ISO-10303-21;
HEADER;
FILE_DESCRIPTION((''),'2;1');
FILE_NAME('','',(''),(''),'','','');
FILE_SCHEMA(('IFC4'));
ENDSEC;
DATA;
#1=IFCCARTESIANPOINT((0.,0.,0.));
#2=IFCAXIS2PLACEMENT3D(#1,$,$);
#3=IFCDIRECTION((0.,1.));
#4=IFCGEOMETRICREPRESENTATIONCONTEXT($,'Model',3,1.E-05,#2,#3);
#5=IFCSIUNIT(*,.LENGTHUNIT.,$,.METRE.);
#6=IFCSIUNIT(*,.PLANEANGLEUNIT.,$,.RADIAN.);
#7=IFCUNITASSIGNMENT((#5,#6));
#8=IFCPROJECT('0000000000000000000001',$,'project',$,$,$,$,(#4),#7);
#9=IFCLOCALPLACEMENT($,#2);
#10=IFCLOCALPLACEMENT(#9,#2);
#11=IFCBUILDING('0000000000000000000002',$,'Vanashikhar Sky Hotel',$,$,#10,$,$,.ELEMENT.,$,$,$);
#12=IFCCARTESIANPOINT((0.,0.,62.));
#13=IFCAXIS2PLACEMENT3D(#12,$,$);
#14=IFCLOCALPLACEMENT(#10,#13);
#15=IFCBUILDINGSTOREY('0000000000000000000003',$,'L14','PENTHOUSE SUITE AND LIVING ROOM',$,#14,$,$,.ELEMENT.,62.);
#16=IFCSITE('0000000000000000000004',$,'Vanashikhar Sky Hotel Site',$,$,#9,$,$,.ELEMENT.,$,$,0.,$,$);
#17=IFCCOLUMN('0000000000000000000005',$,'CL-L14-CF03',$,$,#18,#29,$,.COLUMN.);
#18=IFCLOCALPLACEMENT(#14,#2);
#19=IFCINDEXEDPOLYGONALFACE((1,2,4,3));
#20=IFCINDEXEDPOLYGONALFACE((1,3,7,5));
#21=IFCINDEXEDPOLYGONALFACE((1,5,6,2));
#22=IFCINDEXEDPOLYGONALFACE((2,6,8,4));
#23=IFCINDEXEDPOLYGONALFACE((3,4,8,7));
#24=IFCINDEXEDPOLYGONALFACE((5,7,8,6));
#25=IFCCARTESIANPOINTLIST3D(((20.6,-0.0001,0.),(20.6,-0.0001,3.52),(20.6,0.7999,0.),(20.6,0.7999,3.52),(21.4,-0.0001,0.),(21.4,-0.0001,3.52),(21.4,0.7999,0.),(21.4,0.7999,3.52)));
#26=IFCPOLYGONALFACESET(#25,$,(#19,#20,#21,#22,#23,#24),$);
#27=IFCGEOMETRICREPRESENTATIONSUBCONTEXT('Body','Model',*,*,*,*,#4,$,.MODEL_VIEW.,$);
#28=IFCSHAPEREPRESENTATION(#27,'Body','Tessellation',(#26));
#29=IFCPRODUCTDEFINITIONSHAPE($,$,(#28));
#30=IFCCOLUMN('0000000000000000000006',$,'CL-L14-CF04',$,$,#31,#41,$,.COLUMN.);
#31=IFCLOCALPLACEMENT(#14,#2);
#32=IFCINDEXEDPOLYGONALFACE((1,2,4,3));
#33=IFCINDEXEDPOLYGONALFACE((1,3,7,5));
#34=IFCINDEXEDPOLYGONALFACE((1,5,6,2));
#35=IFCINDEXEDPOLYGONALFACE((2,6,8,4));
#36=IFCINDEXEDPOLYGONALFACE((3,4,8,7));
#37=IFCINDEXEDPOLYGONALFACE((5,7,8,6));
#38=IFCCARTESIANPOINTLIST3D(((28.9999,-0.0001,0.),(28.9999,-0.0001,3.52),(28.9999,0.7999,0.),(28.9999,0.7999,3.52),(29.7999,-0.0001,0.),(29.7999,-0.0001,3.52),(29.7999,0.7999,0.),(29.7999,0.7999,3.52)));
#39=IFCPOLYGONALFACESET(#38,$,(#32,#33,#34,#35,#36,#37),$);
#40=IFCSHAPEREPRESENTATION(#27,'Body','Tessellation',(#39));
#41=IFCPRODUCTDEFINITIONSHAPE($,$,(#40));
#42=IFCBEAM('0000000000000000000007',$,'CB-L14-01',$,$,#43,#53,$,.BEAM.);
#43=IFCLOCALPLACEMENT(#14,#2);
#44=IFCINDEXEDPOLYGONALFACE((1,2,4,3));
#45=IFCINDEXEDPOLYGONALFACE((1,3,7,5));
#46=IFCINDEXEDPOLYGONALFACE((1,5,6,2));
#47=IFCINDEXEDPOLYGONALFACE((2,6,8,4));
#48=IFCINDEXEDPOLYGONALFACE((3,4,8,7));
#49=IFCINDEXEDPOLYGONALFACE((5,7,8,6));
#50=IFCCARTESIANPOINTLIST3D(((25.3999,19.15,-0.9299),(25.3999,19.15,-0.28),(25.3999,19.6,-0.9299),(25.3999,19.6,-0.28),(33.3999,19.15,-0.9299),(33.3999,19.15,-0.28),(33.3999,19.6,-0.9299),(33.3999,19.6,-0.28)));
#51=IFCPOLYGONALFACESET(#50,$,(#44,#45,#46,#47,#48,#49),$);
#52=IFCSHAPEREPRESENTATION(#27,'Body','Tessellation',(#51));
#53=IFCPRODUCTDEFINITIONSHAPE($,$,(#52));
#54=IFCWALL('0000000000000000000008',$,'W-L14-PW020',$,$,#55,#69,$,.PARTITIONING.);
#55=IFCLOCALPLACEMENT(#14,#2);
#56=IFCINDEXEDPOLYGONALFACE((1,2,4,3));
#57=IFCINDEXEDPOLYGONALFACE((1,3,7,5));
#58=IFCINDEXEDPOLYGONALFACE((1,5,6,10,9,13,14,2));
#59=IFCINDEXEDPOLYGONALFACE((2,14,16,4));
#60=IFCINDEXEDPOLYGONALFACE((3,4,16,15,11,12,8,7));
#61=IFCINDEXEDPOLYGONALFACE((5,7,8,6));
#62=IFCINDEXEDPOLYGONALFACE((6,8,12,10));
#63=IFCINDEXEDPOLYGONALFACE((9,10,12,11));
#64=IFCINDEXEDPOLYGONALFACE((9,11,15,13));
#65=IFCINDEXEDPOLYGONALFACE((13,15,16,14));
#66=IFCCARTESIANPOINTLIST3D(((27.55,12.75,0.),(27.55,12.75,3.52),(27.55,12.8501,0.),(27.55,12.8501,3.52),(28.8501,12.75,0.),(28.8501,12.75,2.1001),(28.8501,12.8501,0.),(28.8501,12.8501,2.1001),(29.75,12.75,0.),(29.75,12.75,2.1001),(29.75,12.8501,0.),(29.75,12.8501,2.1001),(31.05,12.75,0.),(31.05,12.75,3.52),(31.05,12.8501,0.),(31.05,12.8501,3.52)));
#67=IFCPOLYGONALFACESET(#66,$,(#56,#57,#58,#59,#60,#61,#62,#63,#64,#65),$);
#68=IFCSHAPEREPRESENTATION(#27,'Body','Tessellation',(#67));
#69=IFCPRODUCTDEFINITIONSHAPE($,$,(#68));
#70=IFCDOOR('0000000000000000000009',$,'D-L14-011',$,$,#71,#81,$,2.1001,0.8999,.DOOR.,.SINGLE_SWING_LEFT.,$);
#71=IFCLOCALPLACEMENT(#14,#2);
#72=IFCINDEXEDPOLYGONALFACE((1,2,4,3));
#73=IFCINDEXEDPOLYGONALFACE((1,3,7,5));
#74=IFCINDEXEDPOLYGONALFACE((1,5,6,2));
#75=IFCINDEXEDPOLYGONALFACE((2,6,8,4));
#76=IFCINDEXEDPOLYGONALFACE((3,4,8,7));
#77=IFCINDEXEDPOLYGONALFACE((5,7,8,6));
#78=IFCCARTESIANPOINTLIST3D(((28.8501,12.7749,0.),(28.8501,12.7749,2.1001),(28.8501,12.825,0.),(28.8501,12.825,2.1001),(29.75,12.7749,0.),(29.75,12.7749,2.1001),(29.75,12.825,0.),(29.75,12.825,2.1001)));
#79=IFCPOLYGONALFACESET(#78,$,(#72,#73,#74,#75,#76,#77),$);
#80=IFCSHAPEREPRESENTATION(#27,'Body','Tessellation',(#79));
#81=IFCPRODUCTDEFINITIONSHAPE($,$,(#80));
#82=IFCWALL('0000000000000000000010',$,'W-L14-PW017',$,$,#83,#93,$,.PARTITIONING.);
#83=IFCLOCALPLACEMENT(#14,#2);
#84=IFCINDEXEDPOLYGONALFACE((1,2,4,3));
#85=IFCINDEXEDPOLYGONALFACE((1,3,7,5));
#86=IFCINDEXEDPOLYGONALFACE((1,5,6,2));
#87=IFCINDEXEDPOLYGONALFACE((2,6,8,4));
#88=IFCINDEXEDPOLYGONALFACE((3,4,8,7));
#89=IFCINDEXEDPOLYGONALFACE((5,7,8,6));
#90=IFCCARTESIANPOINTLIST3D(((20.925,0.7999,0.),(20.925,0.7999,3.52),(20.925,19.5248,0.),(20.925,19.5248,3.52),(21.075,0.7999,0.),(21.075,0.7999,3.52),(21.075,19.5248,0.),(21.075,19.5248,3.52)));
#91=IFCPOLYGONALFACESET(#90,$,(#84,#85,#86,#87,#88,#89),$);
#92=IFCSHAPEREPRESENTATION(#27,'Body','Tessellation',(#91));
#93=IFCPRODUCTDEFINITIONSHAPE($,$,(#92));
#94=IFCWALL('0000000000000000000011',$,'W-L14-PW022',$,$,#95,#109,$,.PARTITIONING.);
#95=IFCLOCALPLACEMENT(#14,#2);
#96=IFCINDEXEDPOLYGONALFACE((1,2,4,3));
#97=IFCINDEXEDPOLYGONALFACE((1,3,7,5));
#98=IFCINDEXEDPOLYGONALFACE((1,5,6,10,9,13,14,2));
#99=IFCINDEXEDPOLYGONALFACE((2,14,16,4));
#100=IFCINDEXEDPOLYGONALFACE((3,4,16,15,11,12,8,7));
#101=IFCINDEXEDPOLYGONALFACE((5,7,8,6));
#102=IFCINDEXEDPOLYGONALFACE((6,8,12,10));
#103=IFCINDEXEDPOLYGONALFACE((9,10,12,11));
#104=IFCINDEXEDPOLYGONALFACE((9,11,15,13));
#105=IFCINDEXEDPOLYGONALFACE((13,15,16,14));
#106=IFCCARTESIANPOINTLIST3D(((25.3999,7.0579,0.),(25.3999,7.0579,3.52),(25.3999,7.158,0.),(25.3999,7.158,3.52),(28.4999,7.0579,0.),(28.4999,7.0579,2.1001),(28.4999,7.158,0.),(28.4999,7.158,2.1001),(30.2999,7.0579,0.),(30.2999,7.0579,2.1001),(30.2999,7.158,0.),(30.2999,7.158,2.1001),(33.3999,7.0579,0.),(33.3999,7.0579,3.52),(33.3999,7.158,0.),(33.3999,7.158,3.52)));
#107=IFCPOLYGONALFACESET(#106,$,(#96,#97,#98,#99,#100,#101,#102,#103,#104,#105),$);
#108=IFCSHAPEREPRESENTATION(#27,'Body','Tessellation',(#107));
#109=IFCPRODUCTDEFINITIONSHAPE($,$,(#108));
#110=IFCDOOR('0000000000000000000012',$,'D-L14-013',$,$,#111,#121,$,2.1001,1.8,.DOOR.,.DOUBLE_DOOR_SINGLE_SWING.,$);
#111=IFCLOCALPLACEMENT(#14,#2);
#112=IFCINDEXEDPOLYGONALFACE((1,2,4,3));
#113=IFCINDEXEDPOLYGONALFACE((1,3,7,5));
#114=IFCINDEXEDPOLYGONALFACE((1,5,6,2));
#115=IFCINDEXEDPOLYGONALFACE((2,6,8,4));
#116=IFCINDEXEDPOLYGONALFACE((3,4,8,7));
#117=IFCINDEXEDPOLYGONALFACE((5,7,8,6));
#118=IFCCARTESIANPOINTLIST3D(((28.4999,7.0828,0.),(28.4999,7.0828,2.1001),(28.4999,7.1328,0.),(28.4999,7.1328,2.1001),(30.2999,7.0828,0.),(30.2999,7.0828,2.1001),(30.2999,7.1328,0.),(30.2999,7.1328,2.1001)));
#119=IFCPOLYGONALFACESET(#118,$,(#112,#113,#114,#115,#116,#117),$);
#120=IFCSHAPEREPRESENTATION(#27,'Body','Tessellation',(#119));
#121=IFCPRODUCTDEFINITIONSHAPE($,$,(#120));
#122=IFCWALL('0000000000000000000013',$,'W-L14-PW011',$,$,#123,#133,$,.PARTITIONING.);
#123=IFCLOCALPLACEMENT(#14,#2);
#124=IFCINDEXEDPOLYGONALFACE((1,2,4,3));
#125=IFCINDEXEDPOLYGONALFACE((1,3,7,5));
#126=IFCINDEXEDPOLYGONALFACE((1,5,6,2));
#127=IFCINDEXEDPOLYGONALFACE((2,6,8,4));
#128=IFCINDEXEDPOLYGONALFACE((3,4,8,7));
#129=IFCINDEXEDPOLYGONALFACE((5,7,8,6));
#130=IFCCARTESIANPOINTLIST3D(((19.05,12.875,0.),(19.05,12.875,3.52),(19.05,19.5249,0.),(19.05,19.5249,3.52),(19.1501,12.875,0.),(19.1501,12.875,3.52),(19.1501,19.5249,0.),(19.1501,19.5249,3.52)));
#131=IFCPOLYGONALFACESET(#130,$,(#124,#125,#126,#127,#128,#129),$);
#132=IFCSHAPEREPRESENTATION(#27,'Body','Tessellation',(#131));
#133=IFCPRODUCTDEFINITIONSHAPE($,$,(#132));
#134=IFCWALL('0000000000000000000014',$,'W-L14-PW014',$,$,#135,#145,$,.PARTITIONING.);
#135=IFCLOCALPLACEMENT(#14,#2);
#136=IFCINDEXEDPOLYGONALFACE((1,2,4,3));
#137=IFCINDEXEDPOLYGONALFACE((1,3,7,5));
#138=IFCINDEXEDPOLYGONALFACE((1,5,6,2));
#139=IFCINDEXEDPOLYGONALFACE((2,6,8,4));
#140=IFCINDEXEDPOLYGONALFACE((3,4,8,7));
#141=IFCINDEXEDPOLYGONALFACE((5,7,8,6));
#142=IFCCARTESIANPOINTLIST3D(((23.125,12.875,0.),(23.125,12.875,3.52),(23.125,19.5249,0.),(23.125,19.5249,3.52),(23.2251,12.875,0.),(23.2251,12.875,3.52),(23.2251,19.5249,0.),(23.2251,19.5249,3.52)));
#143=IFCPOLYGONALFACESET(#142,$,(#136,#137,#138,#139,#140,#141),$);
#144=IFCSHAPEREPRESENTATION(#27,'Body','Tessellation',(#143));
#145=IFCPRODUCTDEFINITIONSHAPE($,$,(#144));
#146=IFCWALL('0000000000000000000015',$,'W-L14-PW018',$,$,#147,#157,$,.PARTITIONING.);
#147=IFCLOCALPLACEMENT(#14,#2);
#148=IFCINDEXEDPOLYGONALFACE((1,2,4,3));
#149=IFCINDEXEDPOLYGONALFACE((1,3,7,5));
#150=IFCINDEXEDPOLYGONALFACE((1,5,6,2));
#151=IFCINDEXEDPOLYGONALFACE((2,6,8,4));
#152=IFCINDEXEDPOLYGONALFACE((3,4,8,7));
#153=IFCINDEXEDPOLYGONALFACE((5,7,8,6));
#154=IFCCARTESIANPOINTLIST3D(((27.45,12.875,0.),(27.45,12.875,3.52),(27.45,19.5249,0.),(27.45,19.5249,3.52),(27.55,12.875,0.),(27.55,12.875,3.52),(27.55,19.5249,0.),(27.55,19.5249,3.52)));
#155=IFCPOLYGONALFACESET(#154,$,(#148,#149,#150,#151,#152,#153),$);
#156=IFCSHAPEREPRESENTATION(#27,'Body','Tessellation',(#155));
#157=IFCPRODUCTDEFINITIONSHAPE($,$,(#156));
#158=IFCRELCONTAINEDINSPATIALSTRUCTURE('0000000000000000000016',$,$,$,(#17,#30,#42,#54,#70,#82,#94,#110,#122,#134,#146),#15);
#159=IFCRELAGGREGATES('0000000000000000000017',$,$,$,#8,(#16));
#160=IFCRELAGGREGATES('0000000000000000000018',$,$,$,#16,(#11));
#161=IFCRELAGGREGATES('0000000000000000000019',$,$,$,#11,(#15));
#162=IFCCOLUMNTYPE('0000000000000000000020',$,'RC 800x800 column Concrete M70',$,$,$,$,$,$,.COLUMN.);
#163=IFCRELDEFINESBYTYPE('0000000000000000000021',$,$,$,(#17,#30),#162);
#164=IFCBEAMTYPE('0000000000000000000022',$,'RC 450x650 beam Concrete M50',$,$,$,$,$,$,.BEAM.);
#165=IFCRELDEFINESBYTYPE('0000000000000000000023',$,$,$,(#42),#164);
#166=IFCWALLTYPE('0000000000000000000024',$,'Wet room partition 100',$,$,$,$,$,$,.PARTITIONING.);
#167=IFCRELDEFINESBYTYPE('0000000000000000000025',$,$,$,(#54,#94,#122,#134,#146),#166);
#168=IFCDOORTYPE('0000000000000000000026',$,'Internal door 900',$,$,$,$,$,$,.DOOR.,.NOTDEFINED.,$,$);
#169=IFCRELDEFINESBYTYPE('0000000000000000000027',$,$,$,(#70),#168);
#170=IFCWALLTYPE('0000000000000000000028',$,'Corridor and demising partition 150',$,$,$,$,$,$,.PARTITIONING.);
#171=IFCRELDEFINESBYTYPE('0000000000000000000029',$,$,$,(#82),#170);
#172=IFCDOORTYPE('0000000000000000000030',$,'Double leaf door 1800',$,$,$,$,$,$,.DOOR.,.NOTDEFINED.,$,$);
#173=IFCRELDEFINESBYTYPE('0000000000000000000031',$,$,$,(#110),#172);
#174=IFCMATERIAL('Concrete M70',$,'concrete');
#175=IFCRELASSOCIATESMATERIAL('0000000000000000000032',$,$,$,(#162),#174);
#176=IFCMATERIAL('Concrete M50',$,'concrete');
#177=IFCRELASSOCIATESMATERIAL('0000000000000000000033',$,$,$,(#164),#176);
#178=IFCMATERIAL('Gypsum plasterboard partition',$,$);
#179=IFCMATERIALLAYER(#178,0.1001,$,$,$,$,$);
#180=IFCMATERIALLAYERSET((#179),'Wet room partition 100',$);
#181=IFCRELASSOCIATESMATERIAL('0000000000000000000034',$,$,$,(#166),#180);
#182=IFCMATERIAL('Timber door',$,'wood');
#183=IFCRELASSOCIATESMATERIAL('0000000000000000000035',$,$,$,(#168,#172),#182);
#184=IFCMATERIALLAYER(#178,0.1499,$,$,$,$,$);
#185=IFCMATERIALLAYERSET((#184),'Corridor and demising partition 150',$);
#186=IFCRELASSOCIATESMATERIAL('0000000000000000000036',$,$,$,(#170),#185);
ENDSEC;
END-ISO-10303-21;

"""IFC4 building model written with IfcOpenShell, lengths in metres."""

from ifc_helpers import new_model, si_unit, direction, frame, frame_2d, origin, origin_2d, place, context, subcontext, project, spatial, rectangle, extrude, source, transform, mapped, material, layer, layer_set, material_profile, profile_set, type_object, element, fill, save


model = new_model("IFC4")

# Units and contexts
model_context = context("Model", 3, precision=1e-05, world=origin(), true_north=direction((0.0, 1.0)))
body_context = subcontext(model_context, "Body", "Model", "MODEL_VIEW")
ifc_project = project(units=[si_unit("LENGTHUNIT", "METRE"), si_unit("PLANEANGLEUNIT", "RADIAN")], contexts=[model_context])

# Site, building, storey
site_placement = place(None, origin())
site = spatial("IfcSite", under=ifc_project, at=site_placement, Name="Vanashikhar Sky Hotel Site", CompositionType="ELEMENT", RefElevation=0.0)
building_placement = place(site_placement, origin())
building = spatial("IfcBuilding", under=site, at=building_placement, Name="Vanashikhar Sky Hotel", CompositionType="ELEMENT")
storey_placement = place(building_placement, frame((0.0, 0.0, 62.0)))
storey = spatial("IfcBuildingStorey", under=building, at=storey_placement, Name="L14", Description="PENTHOUSE SUITE AND LIVING ROOM", CompositionType="ELEMENT", Elevation=62.0)

# Columns
ifc_material_1 = material(Name="Concrete M70", Category="concrete")
ifc_material_profile_1 = material_profile(ifc_material_1, rectangle(XDim=0.8, YDim=0.8, at=origin_2d()))
ifc_profile_set_1 = profile_set([ifc_material_profile_1], Name="RC 800x800 column Concrete M70")
column_type = type_object("IfcColumnType", Name="RC 800x800 column Concrete M70", PredefinedType="COLUMN", material=ifc_profile_set_1)
shared_shape_1 = source(origin(), body_context, "Body", "SweptSolid", [
    extrude(rectangle(XDim=0.8, YDim=0.8, at=origin_2d()), origin(), (0.0, 0.0, 1.0), 3.52),
])
for number, where, z_axis, x_axis, name in (
    (1, (21.0, 0.3999, 0.0), (0.0, 0.0, 1.0), (1.0, 0.0, 0.0), "CL-L14-CF03"),
    (2, (29.3999, 0.3999, 0.0), (0.0, 0.0, 1.0), (1.0, 0.0, 0.0), "CL-L14-CF04"),
):
    element("IfcColumn", number, at=place(storey_placement, frame(where, z_axis=z_axis, x_axis=x_axis)), inside=storey, type_object=column_type, Name=name, PredefinedType="COLUMN", context=body_context, shape_type="MappedRepresentation", body=[
        mapped(shared_shape_1, transform((0.0, 0.0, 0.0), scale=1.0)),
    ])

# Beam
ifc_material_2 = material(Name="Concrete M50", Category="concrete")
ifc_material_profile_2 = material_profile(ifc_material_2, rectangle(XDim=0.45, YDim=0.6499, at=origin_2d()))
ifc_profile_set_2 = profile_set([ifc_material_profile_2], Name="RC 450x650 beam Concrete M50")
beam_type = type_object("IfcBeamType", Name="RC 450x650 beam Concrete M50", PredefinedType="BEAM", material=ifc_profile_set_2)
shared_shape_2 = source(origin(), body_context, "Body", "SweptSolid", [
    extrude(rectangle(XDim=0.45, YDim=0.6499, at=origin_2d()), origin(), (0.0, 0.0, 1.0), 8.0),
])
beam_placement = place(storey_placement, frame((25.3999, 19.375, -0.605), z_axis=(1.0, 0.0, 0.0), x_axis=(0.0, 1.0, 0.0)))
element("IfcBeam", 3, at=beam_placement, inside=storey, type_object=beam_type, Name="CB-L14-01", PredefinedType="BEAM", context=body_context, shape_type="MappedRepresentation", body=[
    mapped(shared_shape_2, transform((0.0, 0.0, 0.0), scale=1.0)),
])

# Wall, opening, door
ifc_material_3 = material(Name="Gypsum plasterboard partition")
ifc_layer_1 = layer(ifc_material_3, 0.1001)
ifc_layer_set_1 = layer_set([ifc_layer_1], Name="Wet room partition 100")
wall_type_1 = type_object("IfcWallType", Name="Wet room partition 100", PredefinedType="PARTITIONING", material=ifc_layer_set_1)
shared_shape_3 = source(origin(), body_context, "Body", "SweptSolid", [
    extrude(rectangle(XDim=3.5, YDim=0.1001, at=frame_2d((1.75, 0.0))), origin(), (0.0, 0.0, 1.0), 3.52),
])
wall_1_placement = place(storey_placement, frame((27.55, 12.8, 0.0), z_axis=(0.0, 0.0, 1.0), x_axis=(1.0, 0.0, 0.0)))
wall_1 = element("IfcWall", 4, at=wall_1_placement, inside=storey, type_object=wall_type_1, Name="W-L14-PW020", PredefinedType="PARTITIONING", context=body_context, shape_type="MappedRepresentation", body=[
    mapped(shared_shape_3, transform((0.0, 0.0, 0.0), scale=1.0)),
])
shared_shape_4 = source(origin(), body_context, "Body", "SweptSolid", [
    extrude(rectangle(XDim=0.8999, YDim=2.1001, at=frame_2d((0.45, 1.05))), frame((0.0, 0.0601, 0.0), z_axis=(0.0, -1.0, 0.0), x_axis=(1.0, 0.0, 0.0)), (0.0, 0.0, 1.0), 0.1201),
])
opening_1_placement = place(wall_1_placement, frame((1.3, 0.0, 0.0)))
opening_1 = element("IfcOpeningElement", 5, at=opening_1_placement, cuts=wall_1, PredefinedType="OPENING", context=body_context, shape_type="MappedRepresentation", body=[
    mapped(shared_shape_4, transform((0.0, 0.0, 0.0), scale=1.0)),
])
ifc_material_4 = material(Name="Timber door", Category="wood")
door_type_1 = type_object("IfcDoorType", Name="Internal door 900", OperationType="NOTDEFINED", PredefinedType="DOOR", material=ifc_material_4)
shared_shape_5 = source(origin(), body_context, "Body", "SweptSolid", [
    extrude(rectangle(XDim=0.8999, YDim=2.1001, at=frame_2d((0.45, 1.05))), frame((0.0, 0.0249, 0.0), z_axis=(0.0, -1.0, 0.0), x_axis=(1.0, 0.0, 0.0)), (0.0, 0.0, 1.0), 0.05),
])
door_1_placement = place(opening_1_placement, origin())
door_1 = element("IfcDoor", 6, at=door_1_placement, inside=storey, type_object=door_type_1, Name="D-L14-011", OperationType="SINGLE_SWING_LEFT", OverallHeight=2.1001, OverallWidth=0.8999, PredefinedType="DOOR", context=body_context, shape_type="MappedRepresentation", body=[
    mapped(shared_shape_5, transform((0.0, 0.0, 0.0), scale=1.0)),
])
fill(opening_1, door_1)

# Wall
ifc_layer_2 = layer(ifc_material_3, 0.1499)
ifc_layer_set_2 = layer_set([ifc_layer_2], Name="Corridor and demising partition 150")
wall_type_2 = type_object("IfcWallType", Name="Corridor and demising partition 150", PredefinedType="PARTITIONING", material=ifc_layer_set_2)
shared_shape_6 = source(origin(), body_context, "Body", "SweptSolid", [
    extrude(rectangle(XDim=18.7249, YDim=0.1499, at=frame_2d((9.3623, 0.0))), origin(), (0.0, 0.0, 1.0), 3.52),
])
wall_2_placement = place(storey_placement, frame((21.0, 0.8, 0.0), z_axis=(0.0, 0.0, 1.0), x_axis=(0.0, 1.0, 0.0)))
element("IfcWall", 7, at=wall_2_placement, inside=storey, type_object=wall_type_2, Name="W-L14-PW017", PredefinedType="PARTITIONING", context=body_context, shape_type="MappedRepresentation", body=[
    mapped(shared_shape_6, transform((0.0, 0.0, 0.0), scale=1.0)),
])

# Wall, opening, door
shared_shape_7 = source(origin(), body_context, "Body", "SweptSolid", [
    extrude(rectangle(XDim=8.0, YDim=0.1001, at=frame_2d((4.0, 0.0))), origin(), (0.0, 0.0, 1.0), 3.52),
])
wall_3_placement = place(storey_placement, frame((25.3999, 7.1079, 0.0), z_axis=(0.0, 0.0, 1.0), x_axis=(1.0, 0.0, 0.0)))
wall_3 = element("IfcWall", 8, at=wall_3_placement, inside=storey, type_object=wall_type_1, Name="W-L14-PW022", PredefinedType="PARTITIONING", context=body_context, shape_type="MappedRepresentation", body=[
    mapped(shared_shape_7, transform((0.0, 0.0, 0.0), scale=1.0)),
])
shared_shape_8 = source(origin(), body_context, "Body", "SweptSolid", [
    extrude(rectangle(XDim=1.8, YDim=2.1001, at=frame_2d((0.8999, 1.05))), frame((0.0, 0.0601, 0.0), z_axis=(0.0, -1.0, 0.0), x_axis=(1.0, 0.0, 0.0)), (0.0, 0.0, 1.0), 0.1201),
])
opening_2_placement = place(wall_3_placement, frame((3.1001, 0.0, 0.0)))
opening_2 = element("IfcOpeningElement", 9, at=opening_2_placement, cuts=wall_3, PredefinedType="OPENING", context=body_context, shape_type="MappedRepresentation", body=[
    mapped(shared_shape_8, transform((0.0, 0.0, 0.0), scale=1.0)),
])
door_type_2 = type_object("IfcDoorType", Name="Double leaf door 1800", OperationType="NOTDEFINED", PredefinedType="DOOR", material=ifc_material_4)
shared_shape_9 = source(origin(), body_context, "Body", "SweptSolid", [
    extrude(rectangle(XDim=1.8, YDim=2.1001, at=frame_2d((0.8999, 1.05))), frame((0.0, 0.0249, 0.0), z_axis=(0.0, -1.0, 0.0), x_axis=(1.0, 0.0, 0.0)), (0.0, 0.0, 1.0), 0.05),
])
door_2_placement = place(opening_2_placement, origin())
door_2 = element("IfcDoor", 10, at=door_2_placement, inside=storey, type_object=door_type_2, Name="D-L14-013", OperationType="DOUBLE_DOOR_SINGLE_SWING", OverallHeight=2.1001, OverallWidth=1.8, PredefinedType="DOOR", context=body_context, shape_type="MappedRepresentation", body=[
    mapped(shared_shape_9, transform((0.0, 0.0, 0.0), scale=1.0)),
])
fill(opening_2, door_2)

# Walls
shared_shape_10 = source(origin(), body_context, "Body", "SweptSolid", [
    extrude(rectangle(XDim=6.6499, YDim=0.1001, at=frame_2d((3.325, 0.0))), origin(), (0.0, 0.0, 1.0), 3.52),
])
for number, where, z_axis, x_axis, name in (
    (11, (19.1001, 12.875, 0.0), (0.0, 0.0, 1.0), (0.0, 1.0, 0.0), "W-L14-PW011"),
    (12, (23.175, 12.875, 0.0), (0.0, 0.0, 1.0), (0.0, 1.0, 0.0), "W-L14-PW014"),
    (13, (27.5, 12.875, 0.0), (0.0, 0.0, 1.0), (0.0, 1.0, 0.0), "W-L14-PW018"),
):
    element("IfcWall", number, at=place(storey_placement, frame(where, z_axis=z_axis, x_axis=x_axis)), inside=storey, type_object=wall_type_1, Name=name, PredefinedType="PARTITIONING", context=body_context, shape_type="MappedRepresentation", body=[
        mapped(shared_shape_10, transform((0.0, 0.0, 0.0), scale=1.0)),
    ])

save(model, "model.ifc")
